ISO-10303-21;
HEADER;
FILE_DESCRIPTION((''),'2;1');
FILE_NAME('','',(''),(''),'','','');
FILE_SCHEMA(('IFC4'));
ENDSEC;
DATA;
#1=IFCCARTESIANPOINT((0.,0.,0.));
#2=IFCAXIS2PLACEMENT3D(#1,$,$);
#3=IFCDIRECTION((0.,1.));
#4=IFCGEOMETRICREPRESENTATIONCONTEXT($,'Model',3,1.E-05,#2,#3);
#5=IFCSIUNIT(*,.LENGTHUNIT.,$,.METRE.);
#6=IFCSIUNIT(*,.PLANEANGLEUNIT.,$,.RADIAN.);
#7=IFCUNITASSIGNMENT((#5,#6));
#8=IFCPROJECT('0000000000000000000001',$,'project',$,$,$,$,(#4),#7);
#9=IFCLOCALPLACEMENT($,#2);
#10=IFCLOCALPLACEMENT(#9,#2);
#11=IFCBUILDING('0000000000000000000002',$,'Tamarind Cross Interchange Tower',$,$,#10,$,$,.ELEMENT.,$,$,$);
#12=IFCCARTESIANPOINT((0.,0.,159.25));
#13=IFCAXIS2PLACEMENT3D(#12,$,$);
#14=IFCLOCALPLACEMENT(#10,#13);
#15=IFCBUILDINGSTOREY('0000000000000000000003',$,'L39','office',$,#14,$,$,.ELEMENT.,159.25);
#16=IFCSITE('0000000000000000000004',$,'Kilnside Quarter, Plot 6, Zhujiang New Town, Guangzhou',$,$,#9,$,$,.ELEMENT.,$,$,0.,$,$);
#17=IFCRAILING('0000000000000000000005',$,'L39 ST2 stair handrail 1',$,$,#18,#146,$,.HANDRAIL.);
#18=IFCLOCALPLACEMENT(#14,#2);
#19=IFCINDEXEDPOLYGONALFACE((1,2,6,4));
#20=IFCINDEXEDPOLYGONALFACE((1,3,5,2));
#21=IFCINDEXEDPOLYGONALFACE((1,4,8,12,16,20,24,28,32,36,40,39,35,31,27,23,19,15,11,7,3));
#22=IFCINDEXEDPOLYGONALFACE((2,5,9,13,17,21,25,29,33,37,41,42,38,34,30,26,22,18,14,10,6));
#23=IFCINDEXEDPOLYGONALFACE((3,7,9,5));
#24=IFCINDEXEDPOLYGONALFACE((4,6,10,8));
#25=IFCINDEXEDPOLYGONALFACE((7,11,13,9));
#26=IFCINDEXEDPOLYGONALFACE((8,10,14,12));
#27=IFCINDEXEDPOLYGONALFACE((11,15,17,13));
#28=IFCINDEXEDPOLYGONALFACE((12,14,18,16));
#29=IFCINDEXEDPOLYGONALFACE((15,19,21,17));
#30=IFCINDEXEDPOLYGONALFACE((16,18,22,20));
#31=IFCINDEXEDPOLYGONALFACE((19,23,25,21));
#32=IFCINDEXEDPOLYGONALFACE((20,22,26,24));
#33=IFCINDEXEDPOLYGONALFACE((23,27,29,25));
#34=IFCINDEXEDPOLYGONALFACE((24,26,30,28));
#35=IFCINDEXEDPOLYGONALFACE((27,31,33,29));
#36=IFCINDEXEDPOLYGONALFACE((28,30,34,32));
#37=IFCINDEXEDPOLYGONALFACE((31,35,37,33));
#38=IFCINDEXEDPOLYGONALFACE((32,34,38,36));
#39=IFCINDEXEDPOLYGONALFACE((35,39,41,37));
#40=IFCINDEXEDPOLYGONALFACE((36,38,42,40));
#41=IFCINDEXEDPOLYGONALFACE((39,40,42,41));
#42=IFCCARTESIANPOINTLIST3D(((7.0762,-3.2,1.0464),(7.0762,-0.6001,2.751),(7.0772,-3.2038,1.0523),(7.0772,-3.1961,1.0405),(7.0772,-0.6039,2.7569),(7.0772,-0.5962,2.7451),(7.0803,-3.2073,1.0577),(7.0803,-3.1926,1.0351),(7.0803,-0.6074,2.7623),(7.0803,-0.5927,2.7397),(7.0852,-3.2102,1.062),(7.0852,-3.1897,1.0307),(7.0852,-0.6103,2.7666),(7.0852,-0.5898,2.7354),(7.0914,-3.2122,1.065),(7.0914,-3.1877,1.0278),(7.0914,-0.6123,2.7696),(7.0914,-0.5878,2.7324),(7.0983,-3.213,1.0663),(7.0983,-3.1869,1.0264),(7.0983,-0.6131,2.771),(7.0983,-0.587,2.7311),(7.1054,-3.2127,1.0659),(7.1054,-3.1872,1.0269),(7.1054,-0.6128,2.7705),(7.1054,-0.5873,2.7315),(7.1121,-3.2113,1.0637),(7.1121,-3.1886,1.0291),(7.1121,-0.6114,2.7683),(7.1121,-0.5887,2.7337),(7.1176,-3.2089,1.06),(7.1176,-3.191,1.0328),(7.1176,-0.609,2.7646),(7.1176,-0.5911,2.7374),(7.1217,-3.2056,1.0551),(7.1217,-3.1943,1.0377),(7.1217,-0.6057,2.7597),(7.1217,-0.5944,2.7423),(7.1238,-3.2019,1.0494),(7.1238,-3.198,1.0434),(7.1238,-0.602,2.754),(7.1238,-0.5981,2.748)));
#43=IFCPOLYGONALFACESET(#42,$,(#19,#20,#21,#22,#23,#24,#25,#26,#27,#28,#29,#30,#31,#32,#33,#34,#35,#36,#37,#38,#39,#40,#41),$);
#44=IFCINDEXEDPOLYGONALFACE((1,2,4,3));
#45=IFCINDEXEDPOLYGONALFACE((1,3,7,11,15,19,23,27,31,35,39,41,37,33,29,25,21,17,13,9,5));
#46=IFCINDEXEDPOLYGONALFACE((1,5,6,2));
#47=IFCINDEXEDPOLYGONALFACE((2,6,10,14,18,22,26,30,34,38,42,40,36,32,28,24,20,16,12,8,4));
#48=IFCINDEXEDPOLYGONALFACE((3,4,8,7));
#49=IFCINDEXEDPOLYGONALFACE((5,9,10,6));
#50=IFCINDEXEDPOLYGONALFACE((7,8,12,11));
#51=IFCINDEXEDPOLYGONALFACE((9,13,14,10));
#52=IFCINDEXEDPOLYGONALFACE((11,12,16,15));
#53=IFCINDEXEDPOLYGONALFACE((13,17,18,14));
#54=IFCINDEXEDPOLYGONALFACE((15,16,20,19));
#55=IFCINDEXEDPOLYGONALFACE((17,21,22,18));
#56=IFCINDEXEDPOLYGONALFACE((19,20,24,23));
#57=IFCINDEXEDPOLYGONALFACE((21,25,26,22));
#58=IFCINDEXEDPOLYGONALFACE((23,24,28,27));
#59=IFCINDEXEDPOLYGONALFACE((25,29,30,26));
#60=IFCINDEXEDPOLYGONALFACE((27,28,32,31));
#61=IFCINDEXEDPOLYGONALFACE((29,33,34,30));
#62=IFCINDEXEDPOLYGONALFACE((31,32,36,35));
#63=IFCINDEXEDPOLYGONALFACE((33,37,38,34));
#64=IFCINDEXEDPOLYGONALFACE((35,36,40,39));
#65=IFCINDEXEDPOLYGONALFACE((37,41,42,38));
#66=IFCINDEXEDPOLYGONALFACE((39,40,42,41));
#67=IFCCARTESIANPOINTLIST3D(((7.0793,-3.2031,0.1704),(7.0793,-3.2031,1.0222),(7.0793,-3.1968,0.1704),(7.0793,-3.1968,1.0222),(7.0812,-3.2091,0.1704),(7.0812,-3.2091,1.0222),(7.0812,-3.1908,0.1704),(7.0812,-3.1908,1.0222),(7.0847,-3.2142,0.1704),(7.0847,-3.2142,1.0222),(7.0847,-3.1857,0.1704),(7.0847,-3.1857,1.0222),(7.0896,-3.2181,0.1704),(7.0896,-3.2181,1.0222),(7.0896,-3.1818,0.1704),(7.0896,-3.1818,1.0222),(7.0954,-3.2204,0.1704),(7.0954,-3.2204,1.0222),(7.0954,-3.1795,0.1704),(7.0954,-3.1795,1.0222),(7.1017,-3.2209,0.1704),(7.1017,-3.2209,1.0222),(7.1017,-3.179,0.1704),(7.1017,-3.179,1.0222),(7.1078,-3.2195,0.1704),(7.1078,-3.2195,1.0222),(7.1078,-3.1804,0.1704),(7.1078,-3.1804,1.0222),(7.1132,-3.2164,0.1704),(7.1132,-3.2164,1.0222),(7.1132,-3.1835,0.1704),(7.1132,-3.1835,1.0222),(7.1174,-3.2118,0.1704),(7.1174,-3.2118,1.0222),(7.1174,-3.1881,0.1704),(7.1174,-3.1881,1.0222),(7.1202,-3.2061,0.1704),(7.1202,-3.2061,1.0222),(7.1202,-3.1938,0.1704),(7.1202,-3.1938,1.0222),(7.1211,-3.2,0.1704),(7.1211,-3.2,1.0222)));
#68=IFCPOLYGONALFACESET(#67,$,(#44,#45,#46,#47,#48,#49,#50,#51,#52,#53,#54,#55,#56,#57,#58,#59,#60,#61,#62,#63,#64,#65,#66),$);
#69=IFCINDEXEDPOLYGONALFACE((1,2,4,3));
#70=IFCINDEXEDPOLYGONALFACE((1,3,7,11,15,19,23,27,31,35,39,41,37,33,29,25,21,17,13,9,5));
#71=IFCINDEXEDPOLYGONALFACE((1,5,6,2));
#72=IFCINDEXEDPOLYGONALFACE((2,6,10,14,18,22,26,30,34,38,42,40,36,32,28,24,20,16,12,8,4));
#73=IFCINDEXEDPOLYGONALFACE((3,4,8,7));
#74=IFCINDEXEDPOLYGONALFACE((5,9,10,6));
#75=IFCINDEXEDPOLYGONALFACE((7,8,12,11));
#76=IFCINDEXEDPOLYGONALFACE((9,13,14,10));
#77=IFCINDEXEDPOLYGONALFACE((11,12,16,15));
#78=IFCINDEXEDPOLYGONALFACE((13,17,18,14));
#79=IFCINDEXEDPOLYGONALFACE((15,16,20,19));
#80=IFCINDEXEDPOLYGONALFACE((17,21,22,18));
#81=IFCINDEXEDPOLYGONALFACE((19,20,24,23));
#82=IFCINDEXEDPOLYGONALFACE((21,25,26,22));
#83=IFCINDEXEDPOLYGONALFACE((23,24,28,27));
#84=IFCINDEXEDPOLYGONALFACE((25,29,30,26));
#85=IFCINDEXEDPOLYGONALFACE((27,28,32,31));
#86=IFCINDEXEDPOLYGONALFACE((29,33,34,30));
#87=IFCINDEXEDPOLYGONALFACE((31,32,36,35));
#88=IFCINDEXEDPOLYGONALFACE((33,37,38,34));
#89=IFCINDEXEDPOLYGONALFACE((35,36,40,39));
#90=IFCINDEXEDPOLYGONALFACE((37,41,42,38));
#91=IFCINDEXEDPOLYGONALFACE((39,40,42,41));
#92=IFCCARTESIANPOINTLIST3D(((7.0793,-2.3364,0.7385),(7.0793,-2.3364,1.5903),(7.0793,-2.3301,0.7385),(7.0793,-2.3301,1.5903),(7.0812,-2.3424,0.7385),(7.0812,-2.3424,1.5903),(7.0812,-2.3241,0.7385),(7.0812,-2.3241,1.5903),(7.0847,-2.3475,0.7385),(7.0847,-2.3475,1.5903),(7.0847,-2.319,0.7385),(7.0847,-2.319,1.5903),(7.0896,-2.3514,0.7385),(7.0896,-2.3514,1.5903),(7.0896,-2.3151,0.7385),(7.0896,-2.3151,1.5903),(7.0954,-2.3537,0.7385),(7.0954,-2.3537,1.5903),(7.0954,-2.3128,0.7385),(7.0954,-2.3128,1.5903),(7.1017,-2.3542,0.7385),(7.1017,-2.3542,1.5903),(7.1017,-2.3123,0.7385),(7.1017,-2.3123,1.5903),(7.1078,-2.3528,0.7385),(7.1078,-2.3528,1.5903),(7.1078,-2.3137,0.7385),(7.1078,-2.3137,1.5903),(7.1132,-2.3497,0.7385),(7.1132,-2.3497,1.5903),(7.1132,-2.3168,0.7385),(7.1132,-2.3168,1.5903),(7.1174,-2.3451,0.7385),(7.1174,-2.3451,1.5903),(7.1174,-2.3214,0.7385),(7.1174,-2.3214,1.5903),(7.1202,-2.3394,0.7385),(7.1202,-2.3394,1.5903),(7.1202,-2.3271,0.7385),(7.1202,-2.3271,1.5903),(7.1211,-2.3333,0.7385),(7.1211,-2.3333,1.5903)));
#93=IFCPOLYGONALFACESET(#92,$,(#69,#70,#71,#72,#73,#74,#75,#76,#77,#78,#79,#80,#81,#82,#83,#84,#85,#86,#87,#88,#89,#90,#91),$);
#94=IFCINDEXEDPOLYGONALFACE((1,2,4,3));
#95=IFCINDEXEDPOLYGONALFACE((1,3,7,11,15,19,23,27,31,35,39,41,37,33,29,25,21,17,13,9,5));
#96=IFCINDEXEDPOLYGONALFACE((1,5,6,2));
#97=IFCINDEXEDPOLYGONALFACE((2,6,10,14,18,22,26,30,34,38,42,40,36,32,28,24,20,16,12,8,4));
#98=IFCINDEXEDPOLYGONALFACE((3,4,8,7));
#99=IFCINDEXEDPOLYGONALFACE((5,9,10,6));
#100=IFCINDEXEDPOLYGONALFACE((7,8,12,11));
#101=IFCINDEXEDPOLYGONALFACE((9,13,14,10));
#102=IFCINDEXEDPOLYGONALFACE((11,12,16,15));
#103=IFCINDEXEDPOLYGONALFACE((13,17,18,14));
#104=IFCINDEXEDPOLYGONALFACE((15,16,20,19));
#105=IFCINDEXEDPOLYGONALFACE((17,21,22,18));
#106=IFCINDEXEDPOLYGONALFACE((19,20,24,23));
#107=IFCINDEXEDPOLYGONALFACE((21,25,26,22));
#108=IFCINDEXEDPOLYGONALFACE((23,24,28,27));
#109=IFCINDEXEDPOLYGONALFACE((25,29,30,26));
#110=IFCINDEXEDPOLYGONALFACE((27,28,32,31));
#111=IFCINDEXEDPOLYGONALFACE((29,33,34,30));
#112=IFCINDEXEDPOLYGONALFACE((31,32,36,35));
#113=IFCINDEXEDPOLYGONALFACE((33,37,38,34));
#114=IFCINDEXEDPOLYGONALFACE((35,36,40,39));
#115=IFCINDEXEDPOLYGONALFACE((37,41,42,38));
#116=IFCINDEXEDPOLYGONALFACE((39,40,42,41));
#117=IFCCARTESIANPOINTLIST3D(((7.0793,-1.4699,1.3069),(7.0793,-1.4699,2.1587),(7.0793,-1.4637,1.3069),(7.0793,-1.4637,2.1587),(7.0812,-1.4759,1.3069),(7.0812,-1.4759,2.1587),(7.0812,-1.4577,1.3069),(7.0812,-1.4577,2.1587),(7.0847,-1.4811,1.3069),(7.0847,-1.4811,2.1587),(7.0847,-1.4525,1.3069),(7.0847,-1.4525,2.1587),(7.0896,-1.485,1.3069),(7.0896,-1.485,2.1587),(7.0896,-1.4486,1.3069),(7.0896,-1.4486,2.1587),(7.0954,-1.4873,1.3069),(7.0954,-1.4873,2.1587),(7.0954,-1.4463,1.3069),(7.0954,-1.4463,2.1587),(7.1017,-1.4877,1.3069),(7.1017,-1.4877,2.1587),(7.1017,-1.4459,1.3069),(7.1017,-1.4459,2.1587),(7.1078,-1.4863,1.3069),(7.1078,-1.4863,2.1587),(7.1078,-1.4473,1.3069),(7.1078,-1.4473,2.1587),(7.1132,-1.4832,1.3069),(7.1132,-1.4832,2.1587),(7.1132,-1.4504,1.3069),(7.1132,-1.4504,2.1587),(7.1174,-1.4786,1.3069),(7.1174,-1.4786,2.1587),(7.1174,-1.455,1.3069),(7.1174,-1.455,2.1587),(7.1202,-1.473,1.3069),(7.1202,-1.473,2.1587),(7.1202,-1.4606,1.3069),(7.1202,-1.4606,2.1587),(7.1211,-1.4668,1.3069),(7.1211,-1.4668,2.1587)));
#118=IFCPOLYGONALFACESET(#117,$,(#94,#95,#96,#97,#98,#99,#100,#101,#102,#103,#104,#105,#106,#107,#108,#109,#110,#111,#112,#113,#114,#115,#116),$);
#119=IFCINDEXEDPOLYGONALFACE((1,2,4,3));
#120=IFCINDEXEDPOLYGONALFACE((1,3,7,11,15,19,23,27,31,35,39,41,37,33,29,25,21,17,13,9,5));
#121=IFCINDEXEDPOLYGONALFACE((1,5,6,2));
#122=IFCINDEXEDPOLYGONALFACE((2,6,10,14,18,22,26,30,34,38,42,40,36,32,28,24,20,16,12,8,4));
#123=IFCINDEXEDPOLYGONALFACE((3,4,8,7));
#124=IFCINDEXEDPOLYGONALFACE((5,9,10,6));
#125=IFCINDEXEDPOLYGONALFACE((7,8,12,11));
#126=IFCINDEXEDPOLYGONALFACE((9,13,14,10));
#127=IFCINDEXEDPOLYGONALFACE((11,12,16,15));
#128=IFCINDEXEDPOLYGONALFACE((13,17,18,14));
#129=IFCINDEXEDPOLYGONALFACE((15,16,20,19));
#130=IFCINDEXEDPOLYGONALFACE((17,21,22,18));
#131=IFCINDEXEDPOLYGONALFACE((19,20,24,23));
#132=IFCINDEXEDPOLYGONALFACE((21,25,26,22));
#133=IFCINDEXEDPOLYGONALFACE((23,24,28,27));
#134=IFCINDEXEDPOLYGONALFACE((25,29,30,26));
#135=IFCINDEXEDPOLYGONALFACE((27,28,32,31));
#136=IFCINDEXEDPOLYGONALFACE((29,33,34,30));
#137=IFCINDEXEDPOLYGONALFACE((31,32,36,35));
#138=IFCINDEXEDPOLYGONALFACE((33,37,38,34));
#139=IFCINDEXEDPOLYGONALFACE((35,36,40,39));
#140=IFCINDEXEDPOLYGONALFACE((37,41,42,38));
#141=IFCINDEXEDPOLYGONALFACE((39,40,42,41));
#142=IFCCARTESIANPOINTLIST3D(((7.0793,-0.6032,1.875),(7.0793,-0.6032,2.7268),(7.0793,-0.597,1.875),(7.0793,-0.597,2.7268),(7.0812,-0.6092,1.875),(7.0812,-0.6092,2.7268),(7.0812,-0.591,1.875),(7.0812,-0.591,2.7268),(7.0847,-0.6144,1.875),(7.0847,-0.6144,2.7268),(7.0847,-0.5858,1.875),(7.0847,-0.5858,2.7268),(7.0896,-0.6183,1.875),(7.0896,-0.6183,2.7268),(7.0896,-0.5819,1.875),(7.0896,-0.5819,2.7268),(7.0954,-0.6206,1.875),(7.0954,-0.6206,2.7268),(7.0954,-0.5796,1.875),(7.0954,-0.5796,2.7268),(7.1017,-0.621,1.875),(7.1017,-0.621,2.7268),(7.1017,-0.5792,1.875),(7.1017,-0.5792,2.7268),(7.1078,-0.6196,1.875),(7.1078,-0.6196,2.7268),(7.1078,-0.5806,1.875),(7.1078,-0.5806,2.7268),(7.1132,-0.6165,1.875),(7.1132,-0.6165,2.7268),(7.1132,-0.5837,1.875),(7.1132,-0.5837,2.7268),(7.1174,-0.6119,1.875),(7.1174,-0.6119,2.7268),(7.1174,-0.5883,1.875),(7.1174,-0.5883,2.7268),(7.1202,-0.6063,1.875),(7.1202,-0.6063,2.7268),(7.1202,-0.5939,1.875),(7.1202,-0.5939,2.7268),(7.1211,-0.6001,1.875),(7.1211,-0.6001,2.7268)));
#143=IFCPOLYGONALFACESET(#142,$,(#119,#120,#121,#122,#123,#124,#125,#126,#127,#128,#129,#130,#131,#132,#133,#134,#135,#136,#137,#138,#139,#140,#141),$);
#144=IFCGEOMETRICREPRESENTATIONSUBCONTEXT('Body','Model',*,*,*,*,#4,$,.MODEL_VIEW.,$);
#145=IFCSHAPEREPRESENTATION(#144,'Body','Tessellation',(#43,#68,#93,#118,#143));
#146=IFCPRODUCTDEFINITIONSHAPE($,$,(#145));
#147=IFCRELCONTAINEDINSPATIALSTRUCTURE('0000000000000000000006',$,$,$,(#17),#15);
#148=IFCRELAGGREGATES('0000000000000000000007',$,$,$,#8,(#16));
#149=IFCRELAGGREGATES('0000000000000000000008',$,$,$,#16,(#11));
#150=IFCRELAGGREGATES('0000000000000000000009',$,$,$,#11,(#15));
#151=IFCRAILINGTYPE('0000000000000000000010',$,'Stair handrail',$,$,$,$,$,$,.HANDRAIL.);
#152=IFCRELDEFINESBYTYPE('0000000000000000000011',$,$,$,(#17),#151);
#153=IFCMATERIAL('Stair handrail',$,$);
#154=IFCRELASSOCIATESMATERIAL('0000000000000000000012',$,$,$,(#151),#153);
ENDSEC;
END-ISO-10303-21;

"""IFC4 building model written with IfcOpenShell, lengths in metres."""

from ifc_helpers import new_model, si_unit, direction, frame, origin, origin_2d, place, context, subcontext, project, spatial, circle, extrude, material, type_object, element, save


model = new_model("IFC4")

# Units and contexts
model_context = context("Model", 3, precision=1e-05, world=origin(), true_north=direction((0.0, 1.0)))
body_context = subcontext(model_context, "Body", "Model", "MODEL_VIEW")
ifc_project = project(units=[si_unit("LENGTHUNIT", "METRE"), si_unit("PLANEANGLEUNIT", "RADIAN")], contexts=[model_context])

# Site, building, storey
site_placement = place(None, origin())
site = spatial("IfcSite", under=ifc_project, at=site_placement, Name="Kilnside Quarter, Plot 6, Zhujiang New Town, Guangzhou", CompositionType="ELEMENT", RefElevation=0.0)
building_placement = place(site_placement, origin())
building = spatial("IfcBuilding", under=site, at=building_placement, Name="Tamarind Cross Interchange Tower", CompositionType="ELEMENT")
storey_placement = place(building_placement, frame((0.0, 0.0, 159.25)))
storey = spatial("IfcBuildingStorey", under=building, at=storey_placement, Name="L39", Description="office", CompositionType="ELEMENT", Elevation=159.25)

# Railing
ifc_material_1 = material(Name="Stair handrail")
railing_type_1 = type_object("IfcRailingType", Name="Stair handrail", PredefinedType="HANDRAIL", material=ifc_material_1)
railing_1_placement = place(storey_placement, frame((7.1001, -3.2, 0.1704)))
element("IfcRailing", 1, at=railing_1_placement, inside=storey, type_object=railing_type_1, Name="L39 ST2 stair handrail 1", PredefinedType="HANDRAIL", context=body_context, shape_type="SweptSolid", body=[
    extrude(circle(Radius=0.0239, at=origin_2d()), frame((0.0, 0.0, 0.876), z_axis=(0.0, 0.836279, 0.548305), x_axis=(-1.0, 0.0, 0.0)), (0.0, 0.0, 1.0), 3.1089),
    extrude(circle(Radius=0.021, at=origin_2d()), origin(), (0.0, 0.0, 1.0), 0.8518),
    extrude(circle(Radius=0.021, at=origin_2d()), frame((0.0, 0.8667, 0.5681)), (0.0, 0.0, 1.0), 0.8518),
    extrude(circle(Radius=0.021, at=origin_2d()), frame((0.0, 1.7332, 1.1365)), (0.0, 0.0, 1.0), 0.8518),
    extrude(circle(Radius=0.021, at=origin_2d()), frame((0.0, 2.5999, 1.7046)), (0.0, 0.0, 1.0), 0.8518),
])

save(model, "model.ifc")
